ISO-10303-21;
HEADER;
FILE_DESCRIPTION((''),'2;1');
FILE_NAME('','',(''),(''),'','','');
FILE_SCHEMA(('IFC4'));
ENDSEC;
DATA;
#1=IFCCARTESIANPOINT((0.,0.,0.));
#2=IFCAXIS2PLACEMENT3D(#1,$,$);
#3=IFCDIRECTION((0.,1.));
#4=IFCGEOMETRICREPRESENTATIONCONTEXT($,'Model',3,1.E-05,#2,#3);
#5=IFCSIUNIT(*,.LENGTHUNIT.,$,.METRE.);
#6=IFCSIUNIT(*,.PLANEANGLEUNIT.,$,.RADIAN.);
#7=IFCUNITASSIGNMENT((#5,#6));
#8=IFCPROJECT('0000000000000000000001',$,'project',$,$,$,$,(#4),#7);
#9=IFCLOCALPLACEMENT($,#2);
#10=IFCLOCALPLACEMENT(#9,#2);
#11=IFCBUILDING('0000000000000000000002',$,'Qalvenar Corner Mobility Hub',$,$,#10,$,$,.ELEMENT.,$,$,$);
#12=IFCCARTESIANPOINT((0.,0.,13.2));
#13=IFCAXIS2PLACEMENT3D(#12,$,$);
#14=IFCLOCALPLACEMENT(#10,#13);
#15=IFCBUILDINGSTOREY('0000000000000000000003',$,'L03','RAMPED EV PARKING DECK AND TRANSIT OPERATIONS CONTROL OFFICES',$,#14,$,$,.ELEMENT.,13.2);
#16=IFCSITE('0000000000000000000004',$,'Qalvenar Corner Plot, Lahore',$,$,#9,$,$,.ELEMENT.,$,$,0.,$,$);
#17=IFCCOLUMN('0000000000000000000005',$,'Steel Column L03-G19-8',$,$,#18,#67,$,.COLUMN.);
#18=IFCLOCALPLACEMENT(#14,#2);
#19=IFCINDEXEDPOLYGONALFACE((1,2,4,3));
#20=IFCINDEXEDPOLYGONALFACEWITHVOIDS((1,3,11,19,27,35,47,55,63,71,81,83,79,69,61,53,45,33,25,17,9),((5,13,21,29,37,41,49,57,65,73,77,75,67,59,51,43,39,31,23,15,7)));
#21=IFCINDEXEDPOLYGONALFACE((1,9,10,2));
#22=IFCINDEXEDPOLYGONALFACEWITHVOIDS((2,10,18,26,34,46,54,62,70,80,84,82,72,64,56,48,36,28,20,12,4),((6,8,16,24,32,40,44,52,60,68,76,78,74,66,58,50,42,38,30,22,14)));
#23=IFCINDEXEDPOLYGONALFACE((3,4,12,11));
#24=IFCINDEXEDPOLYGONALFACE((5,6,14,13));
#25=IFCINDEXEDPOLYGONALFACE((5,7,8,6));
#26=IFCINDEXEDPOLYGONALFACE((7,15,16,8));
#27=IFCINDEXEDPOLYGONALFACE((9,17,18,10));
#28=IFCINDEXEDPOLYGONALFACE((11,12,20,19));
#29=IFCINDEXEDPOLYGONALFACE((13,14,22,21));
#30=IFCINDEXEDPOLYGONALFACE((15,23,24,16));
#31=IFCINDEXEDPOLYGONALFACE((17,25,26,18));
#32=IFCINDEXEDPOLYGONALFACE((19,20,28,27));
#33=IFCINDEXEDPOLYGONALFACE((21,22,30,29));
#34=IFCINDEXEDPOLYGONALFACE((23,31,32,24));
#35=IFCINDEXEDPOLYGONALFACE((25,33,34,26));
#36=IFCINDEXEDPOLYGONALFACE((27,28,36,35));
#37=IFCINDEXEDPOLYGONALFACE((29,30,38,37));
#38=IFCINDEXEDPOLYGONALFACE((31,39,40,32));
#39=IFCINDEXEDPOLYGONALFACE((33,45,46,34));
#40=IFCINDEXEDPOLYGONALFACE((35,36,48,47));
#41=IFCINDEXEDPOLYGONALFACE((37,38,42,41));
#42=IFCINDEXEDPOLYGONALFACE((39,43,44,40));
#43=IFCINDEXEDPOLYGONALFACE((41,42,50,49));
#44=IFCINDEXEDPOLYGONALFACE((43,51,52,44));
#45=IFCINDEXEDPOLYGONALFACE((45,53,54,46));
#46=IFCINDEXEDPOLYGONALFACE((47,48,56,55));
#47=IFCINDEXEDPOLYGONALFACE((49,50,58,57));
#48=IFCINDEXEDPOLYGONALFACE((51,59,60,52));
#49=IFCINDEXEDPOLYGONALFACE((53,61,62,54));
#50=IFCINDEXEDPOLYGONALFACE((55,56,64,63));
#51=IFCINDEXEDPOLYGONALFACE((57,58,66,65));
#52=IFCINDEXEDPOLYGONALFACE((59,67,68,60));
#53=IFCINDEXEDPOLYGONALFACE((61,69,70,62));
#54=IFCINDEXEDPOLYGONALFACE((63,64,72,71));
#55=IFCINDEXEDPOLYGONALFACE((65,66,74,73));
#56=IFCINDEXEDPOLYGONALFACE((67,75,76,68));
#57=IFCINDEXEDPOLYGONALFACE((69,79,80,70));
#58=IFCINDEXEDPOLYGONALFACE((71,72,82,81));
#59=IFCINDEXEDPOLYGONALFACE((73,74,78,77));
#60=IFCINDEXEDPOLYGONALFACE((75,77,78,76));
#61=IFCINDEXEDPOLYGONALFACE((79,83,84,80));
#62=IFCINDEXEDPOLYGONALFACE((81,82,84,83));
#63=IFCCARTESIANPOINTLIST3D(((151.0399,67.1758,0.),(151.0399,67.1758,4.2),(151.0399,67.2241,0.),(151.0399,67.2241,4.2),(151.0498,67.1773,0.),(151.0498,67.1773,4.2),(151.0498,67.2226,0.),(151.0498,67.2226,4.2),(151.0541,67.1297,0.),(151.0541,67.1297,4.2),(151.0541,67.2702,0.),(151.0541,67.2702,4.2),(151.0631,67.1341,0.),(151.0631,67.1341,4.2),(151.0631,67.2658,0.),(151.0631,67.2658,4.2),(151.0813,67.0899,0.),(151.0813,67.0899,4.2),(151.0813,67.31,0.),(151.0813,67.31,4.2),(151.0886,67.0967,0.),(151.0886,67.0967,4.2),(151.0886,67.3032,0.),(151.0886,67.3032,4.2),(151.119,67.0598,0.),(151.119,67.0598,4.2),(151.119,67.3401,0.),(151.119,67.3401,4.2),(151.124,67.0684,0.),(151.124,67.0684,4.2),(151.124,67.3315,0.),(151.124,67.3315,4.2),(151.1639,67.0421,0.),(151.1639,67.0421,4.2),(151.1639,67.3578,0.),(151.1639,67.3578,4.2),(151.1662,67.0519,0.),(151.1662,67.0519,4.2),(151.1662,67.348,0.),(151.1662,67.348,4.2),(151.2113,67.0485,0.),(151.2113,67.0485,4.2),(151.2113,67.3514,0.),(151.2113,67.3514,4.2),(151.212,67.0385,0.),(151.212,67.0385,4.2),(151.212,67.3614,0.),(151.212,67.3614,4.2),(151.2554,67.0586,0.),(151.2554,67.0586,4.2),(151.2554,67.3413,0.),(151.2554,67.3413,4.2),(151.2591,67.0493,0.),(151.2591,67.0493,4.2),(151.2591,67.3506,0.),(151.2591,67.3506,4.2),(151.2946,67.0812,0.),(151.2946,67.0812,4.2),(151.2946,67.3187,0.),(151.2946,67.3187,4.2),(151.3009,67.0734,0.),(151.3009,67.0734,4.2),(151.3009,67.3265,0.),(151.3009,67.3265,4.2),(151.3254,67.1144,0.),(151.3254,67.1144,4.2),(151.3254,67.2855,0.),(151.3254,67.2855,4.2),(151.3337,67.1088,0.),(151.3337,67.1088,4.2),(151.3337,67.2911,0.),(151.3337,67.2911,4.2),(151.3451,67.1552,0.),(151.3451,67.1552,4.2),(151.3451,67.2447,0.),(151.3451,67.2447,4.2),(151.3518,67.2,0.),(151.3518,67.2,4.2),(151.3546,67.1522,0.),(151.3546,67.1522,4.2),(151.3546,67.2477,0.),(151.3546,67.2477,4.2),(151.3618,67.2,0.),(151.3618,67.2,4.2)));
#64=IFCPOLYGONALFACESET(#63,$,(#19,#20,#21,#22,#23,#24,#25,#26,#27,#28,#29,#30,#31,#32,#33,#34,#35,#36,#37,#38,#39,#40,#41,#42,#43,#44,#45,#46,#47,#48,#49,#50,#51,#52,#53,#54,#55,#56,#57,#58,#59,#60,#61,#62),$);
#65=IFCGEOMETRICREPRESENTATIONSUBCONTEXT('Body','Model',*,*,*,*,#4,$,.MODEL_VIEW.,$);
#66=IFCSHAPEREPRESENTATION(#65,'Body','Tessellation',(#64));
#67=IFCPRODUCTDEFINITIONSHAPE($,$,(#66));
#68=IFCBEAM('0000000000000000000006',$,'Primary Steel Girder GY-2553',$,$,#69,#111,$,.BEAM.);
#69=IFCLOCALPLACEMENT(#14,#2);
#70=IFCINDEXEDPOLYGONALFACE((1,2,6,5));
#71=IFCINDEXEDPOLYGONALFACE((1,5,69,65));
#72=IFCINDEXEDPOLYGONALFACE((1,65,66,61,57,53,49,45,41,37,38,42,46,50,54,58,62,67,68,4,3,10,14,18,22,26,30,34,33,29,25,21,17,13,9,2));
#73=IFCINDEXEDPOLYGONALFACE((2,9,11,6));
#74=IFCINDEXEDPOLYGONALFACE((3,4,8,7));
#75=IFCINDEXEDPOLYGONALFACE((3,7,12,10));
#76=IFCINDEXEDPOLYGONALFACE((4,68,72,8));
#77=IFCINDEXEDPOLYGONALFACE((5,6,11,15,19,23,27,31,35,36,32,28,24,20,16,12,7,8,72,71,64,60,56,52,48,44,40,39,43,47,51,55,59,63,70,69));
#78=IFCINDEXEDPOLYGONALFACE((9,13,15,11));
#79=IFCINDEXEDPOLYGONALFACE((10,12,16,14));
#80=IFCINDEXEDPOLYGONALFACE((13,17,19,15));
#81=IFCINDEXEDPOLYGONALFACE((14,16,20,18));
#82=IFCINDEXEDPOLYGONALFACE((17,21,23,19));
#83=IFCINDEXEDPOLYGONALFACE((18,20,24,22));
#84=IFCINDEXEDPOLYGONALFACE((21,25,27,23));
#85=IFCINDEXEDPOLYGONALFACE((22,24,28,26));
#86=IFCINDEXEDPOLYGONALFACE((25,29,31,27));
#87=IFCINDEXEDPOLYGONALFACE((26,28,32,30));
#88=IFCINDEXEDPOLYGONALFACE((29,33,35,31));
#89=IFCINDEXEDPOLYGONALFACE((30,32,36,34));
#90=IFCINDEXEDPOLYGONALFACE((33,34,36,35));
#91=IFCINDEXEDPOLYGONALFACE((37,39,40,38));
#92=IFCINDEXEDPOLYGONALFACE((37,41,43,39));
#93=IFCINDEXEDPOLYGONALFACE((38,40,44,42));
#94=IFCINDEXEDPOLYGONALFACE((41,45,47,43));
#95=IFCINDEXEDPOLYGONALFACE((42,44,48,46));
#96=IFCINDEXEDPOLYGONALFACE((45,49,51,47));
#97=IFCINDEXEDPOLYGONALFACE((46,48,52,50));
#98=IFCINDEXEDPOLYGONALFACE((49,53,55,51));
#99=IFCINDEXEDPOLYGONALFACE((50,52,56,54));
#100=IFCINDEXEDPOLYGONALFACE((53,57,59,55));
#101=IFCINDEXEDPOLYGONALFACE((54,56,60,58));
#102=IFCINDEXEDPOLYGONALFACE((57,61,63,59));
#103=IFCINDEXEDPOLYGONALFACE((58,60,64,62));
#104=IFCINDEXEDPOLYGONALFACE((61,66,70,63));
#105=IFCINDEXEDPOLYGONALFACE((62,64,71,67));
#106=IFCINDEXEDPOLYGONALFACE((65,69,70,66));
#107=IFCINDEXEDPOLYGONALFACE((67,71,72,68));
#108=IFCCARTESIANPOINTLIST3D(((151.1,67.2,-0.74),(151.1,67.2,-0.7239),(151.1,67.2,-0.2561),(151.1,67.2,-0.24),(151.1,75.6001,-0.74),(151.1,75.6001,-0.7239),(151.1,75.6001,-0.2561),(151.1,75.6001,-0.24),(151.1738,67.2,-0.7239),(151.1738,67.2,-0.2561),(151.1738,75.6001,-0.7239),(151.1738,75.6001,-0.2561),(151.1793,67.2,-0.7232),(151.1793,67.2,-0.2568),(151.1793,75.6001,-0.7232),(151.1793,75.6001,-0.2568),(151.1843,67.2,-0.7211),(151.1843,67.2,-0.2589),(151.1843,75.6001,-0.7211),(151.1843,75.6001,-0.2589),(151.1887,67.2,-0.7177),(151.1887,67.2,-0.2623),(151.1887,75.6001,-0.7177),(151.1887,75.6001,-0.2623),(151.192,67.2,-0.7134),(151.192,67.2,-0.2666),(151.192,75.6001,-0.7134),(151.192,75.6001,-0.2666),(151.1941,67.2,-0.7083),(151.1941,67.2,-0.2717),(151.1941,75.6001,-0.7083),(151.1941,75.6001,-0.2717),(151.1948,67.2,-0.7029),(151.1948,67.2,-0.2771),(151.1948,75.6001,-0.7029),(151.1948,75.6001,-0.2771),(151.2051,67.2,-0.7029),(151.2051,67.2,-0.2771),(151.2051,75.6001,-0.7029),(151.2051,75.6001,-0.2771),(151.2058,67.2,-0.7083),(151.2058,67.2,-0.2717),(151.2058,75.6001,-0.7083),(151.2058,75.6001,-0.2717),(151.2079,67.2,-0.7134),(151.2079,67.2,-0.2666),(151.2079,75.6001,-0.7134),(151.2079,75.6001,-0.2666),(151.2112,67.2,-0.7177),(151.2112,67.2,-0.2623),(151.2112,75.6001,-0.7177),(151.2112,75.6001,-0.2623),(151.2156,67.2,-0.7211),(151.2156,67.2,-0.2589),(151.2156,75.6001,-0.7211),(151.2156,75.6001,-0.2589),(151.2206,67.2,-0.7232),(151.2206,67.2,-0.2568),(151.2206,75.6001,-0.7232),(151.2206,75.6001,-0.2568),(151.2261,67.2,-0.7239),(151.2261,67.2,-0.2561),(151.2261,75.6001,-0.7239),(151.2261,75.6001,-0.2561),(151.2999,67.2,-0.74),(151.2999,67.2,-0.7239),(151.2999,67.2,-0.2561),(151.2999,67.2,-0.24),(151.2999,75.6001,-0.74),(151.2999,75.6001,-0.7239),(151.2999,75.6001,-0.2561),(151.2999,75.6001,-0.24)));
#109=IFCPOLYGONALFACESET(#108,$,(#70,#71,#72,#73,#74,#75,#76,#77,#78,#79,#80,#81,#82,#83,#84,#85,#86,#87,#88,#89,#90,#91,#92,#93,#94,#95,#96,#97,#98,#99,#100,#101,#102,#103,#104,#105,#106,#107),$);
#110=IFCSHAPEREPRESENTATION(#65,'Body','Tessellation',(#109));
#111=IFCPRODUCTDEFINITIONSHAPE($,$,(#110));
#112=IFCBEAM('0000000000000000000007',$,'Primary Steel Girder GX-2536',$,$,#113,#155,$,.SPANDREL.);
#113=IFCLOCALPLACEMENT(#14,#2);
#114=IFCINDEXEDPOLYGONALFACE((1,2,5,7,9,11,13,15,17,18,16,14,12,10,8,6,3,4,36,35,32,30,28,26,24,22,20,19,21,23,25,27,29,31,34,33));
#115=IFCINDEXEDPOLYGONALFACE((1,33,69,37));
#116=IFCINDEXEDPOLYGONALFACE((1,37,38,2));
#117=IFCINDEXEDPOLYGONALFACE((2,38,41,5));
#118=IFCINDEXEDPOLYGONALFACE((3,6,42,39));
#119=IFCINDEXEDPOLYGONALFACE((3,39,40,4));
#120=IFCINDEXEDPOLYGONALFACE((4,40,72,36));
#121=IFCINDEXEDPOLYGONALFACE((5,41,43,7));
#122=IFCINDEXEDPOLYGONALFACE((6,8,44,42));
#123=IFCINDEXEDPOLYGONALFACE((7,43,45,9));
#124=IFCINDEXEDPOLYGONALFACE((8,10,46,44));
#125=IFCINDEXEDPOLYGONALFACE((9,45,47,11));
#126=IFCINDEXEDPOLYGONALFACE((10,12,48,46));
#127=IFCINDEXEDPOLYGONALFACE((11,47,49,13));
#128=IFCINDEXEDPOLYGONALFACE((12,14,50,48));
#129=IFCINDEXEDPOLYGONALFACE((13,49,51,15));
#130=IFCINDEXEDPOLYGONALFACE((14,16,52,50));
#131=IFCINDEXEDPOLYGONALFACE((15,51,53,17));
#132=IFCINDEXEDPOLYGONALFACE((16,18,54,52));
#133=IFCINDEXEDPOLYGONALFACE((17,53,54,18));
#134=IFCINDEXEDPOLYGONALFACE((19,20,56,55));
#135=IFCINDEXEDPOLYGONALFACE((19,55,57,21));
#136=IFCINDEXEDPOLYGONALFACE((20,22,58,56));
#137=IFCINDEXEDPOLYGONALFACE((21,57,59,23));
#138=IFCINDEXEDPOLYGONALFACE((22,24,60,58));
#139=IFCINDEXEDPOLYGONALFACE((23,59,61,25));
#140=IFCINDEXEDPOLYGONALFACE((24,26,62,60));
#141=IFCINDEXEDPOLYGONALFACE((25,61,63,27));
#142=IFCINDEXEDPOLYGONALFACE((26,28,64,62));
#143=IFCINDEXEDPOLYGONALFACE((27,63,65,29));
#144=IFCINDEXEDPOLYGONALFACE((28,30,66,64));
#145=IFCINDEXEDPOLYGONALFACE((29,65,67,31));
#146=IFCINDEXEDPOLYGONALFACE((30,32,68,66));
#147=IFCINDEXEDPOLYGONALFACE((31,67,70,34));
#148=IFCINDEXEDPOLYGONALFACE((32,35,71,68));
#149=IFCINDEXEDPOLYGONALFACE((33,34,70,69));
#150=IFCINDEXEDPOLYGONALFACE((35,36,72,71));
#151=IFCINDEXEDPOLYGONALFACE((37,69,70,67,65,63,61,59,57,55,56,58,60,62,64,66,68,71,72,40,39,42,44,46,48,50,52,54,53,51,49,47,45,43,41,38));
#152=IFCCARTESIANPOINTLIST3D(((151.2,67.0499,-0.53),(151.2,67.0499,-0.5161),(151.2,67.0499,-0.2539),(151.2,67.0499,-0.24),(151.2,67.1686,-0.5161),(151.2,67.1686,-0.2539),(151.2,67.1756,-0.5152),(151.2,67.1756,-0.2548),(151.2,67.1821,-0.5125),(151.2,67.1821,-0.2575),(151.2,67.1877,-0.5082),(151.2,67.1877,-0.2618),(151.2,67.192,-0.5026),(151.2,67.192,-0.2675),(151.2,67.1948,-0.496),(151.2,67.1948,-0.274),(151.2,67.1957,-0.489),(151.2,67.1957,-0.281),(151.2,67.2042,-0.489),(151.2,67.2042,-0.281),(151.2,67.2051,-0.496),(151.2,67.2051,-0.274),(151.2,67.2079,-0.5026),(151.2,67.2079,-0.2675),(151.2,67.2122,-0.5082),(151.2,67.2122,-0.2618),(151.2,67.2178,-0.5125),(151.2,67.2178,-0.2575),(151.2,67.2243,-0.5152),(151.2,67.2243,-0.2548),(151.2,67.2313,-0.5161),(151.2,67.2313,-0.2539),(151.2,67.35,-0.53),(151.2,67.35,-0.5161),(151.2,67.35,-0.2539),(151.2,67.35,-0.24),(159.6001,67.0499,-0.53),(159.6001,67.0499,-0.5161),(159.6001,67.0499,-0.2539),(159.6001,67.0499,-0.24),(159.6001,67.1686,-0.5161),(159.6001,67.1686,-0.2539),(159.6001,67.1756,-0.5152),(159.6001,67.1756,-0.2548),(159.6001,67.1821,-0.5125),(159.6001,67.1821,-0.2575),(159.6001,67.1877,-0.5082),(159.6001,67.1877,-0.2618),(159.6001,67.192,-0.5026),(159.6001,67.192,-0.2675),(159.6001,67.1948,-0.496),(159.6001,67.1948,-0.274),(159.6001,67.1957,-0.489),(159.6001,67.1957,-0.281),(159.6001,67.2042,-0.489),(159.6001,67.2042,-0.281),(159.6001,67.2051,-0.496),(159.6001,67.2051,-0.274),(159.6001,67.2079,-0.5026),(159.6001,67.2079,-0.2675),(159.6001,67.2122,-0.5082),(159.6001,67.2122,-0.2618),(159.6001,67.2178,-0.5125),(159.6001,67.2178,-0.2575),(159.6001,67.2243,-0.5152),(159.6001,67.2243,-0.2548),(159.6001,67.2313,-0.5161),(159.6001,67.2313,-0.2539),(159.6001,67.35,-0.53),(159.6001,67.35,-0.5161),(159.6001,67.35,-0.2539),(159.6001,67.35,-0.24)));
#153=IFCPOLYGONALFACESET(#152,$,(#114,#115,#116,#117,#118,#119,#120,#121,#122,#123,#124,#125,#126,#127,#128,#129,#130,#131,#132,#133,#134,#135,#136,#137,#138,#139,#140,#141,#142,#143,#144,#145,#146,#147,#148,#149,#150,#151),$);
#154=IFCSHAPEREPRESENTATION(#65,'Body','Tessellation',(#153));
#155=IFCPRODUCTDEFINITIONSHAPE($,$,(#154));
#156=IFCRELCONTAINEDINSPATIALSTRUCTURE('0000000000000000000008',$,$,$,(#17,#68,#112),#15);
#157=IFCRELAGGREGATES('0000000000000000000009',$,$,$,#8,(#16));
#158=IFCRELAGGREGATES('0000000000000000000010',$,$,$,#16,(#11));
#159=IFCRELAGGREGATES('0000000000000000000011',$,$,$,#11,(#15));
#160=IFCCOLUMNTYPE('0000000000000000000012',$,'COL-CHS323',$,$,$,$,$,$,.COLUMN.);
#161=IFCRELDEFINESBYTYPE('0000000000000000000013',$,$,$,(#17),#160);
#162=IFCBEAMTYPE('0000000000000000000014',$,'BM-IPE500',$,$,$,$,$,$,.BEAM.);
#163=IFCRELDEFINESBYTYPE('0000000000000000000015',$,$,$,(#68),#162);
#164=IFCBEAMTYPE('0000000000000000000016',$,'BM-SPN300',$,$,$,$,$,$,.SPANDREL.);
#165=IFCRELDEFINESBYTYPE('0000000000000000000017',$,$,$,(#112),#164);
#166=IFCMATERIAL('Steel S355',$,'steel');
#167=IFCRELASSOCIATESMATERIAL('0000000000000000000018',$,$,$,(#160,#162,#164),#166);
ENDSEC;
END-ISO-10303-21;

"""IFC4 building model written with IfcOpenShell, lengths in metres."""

from ifc_helpers import new_model, si_unit, direction, frame, origin, origin_2d, place, context, subcontext, project, spatial, hollow_circle, i_section, extrude, material, material_profile, profile_set, type_object, element, save


model = new_model("IFC4")

# Units and contexts
model_context = context("Model", 3, precision=1e-05, world=origin(), true_north=direction((0.0, 1.0)))
body_context = subcontext(model_context, "Body", "Model", "MODEL_VIEW")
ifc_project = project(units=[si_unit("LENGTHUNIT", "METRE"), si_unit("PLANEANGLEUNIT", "RADIAN")], contexts=[model_context])

# Site, building, storey
site_placement = place(None, origin())
site = spatial("IfcSite", under=ifc_project, at=site_placement, Name="Qalvenar Corner Plot, Lahore", CompositionType="ELEMENT", RefElevation=0.0)
building_placement = place(site_placement, origin())
building = spatial("IfcBuilding", under=site, at=building_placement, Name="Qalvenar Corner Mobility Hub", CompositionType="ELEMENT")
storey_placement = place(building_placement, frame((0.0, 0.0, 13.2)))
storey = spatial("IfcBuildingStorey", under=building, at=storey_placement, Name="L03", Description="RAMPED EV PARKING DECK AND TRANSIT OPERATIONS CONTROL OFFICES", CompositionType="ELEMENT", Elevation=13.2)

# Column
ifc_material_1 = material(Name="Steel S355", Category="steel")
ifc_material_profile_1 = material_profile(ifc_material_1, hollow_circle(Radius=0.1619, WallThickness=0.01, at=origin_2d()), Name="CHS323.9x10")
ifc_profile_set_1 = profile_set([ifc_material_profile_1], Name="Steel S355")
column_type = type_object("IfcColumnType", Name="COL-CHS323", PredefinedType="COLUMN", material=ifc_profile_set_1)
column_placement = place(storey_placement, frame((151.2, 67.2, 0.0), z_axis=(0.0, 0.0, 1.0), x_axis=(1.0, 0.0, 0.0)))
element("IfcColumn", 1, at=column_placement, inside=storey, type_object=column_type, Name="Steel Column L03-G19-8", PredefinedType="COLUMN", context=body_context, shape_type="SweptSolid", body=[
    extrude(hollow_circle(Radius=0.1619, WallThickness=0.01, at=origin_2d()), origin(), (0.0, 0.0, 1.0), 4.2),
])

# Beams
ifc_material_profile_2 = material_profile(ifc_material_1, i_section(OverallWidth=0.2, OverallDepth=0.5, WebThickness=0.0103, FlangeThickness=0.0161, FilletRadius=0.021, at=origin_2d()), Name="IPE500")
ifc_profile_set_2 = profile_set([ifc_material_profile_2], Name="Steel S355")
beam_type_1 = type_object("IfcBeamType", Name="BM-IPE500", PredefinedType="BEAM", material=ifc_profile_set_2)
beam_1_placement = place(storey_placement, frame((151.2, 67.2, -0.49), z_axis=(0.0, 1.0, 0.0), x_axis=(-1.0, 0.0, 0.0)))
element("IfcBeam", 2, at=beam_1_placement, inside=storey, type_object=beam_type_1, Name="Primary Steel Girder GY-2553", PredefinedType="BEAM", context=body_context, shape_type="SweptSolid", body=[
    extrude(i_section(OverallWidth=0.2, OverallDepth=0.5, WebThickness=0.0103, FlangeThickness=0.0161, FilletRadius=0.021, at=origin_2d()), origin(), (0.0, 0.0, 1.0), 8.4001),
])
ifc_material_profile_3 = material_profile(ifc_material_1, i_section(OverallWidth=0.3, OverallDepth=0.29, WebThickness=0.0085, FlangeThickness=0.0139, FilletRadius=0.0271, at=origin_2d()), Name="HEA300")
ifc_profile_set_3 = profile_set([ifc_material_profile_3], Name="Steel S355")
beam_type_2 = type_object("IfcBeamType", Name="BM-SPN300", PredefinedType="SPANDREL", material=ifc_profile_set_3)
beam_2_placement = place(storey_placement, frame((151.2, 67.2, -0.385), z_axis=(1.0, 0.0, 0.0), x_axis=(0.0, 1.0, 0.0)))
element("IfcBeam", 3, at=beam_2_placement, inside=storey, type_object=beam_type_2, Name="Primary Steel Girder GX-2536", PredefinedType="SPANDREL", context=body_context, shape_type="SweptSolid", body=[
    extrude(i_section(OverallWidth=0.3, OverallDepth=0.29, WebThickness=0.0085, FlangeThickness=0.0139, FilletRadius=0.0271, at=origin_2d()), origin(), (0.0, 0.0, 1.0), 8.4001),
])

save(model, "model.ifc")
